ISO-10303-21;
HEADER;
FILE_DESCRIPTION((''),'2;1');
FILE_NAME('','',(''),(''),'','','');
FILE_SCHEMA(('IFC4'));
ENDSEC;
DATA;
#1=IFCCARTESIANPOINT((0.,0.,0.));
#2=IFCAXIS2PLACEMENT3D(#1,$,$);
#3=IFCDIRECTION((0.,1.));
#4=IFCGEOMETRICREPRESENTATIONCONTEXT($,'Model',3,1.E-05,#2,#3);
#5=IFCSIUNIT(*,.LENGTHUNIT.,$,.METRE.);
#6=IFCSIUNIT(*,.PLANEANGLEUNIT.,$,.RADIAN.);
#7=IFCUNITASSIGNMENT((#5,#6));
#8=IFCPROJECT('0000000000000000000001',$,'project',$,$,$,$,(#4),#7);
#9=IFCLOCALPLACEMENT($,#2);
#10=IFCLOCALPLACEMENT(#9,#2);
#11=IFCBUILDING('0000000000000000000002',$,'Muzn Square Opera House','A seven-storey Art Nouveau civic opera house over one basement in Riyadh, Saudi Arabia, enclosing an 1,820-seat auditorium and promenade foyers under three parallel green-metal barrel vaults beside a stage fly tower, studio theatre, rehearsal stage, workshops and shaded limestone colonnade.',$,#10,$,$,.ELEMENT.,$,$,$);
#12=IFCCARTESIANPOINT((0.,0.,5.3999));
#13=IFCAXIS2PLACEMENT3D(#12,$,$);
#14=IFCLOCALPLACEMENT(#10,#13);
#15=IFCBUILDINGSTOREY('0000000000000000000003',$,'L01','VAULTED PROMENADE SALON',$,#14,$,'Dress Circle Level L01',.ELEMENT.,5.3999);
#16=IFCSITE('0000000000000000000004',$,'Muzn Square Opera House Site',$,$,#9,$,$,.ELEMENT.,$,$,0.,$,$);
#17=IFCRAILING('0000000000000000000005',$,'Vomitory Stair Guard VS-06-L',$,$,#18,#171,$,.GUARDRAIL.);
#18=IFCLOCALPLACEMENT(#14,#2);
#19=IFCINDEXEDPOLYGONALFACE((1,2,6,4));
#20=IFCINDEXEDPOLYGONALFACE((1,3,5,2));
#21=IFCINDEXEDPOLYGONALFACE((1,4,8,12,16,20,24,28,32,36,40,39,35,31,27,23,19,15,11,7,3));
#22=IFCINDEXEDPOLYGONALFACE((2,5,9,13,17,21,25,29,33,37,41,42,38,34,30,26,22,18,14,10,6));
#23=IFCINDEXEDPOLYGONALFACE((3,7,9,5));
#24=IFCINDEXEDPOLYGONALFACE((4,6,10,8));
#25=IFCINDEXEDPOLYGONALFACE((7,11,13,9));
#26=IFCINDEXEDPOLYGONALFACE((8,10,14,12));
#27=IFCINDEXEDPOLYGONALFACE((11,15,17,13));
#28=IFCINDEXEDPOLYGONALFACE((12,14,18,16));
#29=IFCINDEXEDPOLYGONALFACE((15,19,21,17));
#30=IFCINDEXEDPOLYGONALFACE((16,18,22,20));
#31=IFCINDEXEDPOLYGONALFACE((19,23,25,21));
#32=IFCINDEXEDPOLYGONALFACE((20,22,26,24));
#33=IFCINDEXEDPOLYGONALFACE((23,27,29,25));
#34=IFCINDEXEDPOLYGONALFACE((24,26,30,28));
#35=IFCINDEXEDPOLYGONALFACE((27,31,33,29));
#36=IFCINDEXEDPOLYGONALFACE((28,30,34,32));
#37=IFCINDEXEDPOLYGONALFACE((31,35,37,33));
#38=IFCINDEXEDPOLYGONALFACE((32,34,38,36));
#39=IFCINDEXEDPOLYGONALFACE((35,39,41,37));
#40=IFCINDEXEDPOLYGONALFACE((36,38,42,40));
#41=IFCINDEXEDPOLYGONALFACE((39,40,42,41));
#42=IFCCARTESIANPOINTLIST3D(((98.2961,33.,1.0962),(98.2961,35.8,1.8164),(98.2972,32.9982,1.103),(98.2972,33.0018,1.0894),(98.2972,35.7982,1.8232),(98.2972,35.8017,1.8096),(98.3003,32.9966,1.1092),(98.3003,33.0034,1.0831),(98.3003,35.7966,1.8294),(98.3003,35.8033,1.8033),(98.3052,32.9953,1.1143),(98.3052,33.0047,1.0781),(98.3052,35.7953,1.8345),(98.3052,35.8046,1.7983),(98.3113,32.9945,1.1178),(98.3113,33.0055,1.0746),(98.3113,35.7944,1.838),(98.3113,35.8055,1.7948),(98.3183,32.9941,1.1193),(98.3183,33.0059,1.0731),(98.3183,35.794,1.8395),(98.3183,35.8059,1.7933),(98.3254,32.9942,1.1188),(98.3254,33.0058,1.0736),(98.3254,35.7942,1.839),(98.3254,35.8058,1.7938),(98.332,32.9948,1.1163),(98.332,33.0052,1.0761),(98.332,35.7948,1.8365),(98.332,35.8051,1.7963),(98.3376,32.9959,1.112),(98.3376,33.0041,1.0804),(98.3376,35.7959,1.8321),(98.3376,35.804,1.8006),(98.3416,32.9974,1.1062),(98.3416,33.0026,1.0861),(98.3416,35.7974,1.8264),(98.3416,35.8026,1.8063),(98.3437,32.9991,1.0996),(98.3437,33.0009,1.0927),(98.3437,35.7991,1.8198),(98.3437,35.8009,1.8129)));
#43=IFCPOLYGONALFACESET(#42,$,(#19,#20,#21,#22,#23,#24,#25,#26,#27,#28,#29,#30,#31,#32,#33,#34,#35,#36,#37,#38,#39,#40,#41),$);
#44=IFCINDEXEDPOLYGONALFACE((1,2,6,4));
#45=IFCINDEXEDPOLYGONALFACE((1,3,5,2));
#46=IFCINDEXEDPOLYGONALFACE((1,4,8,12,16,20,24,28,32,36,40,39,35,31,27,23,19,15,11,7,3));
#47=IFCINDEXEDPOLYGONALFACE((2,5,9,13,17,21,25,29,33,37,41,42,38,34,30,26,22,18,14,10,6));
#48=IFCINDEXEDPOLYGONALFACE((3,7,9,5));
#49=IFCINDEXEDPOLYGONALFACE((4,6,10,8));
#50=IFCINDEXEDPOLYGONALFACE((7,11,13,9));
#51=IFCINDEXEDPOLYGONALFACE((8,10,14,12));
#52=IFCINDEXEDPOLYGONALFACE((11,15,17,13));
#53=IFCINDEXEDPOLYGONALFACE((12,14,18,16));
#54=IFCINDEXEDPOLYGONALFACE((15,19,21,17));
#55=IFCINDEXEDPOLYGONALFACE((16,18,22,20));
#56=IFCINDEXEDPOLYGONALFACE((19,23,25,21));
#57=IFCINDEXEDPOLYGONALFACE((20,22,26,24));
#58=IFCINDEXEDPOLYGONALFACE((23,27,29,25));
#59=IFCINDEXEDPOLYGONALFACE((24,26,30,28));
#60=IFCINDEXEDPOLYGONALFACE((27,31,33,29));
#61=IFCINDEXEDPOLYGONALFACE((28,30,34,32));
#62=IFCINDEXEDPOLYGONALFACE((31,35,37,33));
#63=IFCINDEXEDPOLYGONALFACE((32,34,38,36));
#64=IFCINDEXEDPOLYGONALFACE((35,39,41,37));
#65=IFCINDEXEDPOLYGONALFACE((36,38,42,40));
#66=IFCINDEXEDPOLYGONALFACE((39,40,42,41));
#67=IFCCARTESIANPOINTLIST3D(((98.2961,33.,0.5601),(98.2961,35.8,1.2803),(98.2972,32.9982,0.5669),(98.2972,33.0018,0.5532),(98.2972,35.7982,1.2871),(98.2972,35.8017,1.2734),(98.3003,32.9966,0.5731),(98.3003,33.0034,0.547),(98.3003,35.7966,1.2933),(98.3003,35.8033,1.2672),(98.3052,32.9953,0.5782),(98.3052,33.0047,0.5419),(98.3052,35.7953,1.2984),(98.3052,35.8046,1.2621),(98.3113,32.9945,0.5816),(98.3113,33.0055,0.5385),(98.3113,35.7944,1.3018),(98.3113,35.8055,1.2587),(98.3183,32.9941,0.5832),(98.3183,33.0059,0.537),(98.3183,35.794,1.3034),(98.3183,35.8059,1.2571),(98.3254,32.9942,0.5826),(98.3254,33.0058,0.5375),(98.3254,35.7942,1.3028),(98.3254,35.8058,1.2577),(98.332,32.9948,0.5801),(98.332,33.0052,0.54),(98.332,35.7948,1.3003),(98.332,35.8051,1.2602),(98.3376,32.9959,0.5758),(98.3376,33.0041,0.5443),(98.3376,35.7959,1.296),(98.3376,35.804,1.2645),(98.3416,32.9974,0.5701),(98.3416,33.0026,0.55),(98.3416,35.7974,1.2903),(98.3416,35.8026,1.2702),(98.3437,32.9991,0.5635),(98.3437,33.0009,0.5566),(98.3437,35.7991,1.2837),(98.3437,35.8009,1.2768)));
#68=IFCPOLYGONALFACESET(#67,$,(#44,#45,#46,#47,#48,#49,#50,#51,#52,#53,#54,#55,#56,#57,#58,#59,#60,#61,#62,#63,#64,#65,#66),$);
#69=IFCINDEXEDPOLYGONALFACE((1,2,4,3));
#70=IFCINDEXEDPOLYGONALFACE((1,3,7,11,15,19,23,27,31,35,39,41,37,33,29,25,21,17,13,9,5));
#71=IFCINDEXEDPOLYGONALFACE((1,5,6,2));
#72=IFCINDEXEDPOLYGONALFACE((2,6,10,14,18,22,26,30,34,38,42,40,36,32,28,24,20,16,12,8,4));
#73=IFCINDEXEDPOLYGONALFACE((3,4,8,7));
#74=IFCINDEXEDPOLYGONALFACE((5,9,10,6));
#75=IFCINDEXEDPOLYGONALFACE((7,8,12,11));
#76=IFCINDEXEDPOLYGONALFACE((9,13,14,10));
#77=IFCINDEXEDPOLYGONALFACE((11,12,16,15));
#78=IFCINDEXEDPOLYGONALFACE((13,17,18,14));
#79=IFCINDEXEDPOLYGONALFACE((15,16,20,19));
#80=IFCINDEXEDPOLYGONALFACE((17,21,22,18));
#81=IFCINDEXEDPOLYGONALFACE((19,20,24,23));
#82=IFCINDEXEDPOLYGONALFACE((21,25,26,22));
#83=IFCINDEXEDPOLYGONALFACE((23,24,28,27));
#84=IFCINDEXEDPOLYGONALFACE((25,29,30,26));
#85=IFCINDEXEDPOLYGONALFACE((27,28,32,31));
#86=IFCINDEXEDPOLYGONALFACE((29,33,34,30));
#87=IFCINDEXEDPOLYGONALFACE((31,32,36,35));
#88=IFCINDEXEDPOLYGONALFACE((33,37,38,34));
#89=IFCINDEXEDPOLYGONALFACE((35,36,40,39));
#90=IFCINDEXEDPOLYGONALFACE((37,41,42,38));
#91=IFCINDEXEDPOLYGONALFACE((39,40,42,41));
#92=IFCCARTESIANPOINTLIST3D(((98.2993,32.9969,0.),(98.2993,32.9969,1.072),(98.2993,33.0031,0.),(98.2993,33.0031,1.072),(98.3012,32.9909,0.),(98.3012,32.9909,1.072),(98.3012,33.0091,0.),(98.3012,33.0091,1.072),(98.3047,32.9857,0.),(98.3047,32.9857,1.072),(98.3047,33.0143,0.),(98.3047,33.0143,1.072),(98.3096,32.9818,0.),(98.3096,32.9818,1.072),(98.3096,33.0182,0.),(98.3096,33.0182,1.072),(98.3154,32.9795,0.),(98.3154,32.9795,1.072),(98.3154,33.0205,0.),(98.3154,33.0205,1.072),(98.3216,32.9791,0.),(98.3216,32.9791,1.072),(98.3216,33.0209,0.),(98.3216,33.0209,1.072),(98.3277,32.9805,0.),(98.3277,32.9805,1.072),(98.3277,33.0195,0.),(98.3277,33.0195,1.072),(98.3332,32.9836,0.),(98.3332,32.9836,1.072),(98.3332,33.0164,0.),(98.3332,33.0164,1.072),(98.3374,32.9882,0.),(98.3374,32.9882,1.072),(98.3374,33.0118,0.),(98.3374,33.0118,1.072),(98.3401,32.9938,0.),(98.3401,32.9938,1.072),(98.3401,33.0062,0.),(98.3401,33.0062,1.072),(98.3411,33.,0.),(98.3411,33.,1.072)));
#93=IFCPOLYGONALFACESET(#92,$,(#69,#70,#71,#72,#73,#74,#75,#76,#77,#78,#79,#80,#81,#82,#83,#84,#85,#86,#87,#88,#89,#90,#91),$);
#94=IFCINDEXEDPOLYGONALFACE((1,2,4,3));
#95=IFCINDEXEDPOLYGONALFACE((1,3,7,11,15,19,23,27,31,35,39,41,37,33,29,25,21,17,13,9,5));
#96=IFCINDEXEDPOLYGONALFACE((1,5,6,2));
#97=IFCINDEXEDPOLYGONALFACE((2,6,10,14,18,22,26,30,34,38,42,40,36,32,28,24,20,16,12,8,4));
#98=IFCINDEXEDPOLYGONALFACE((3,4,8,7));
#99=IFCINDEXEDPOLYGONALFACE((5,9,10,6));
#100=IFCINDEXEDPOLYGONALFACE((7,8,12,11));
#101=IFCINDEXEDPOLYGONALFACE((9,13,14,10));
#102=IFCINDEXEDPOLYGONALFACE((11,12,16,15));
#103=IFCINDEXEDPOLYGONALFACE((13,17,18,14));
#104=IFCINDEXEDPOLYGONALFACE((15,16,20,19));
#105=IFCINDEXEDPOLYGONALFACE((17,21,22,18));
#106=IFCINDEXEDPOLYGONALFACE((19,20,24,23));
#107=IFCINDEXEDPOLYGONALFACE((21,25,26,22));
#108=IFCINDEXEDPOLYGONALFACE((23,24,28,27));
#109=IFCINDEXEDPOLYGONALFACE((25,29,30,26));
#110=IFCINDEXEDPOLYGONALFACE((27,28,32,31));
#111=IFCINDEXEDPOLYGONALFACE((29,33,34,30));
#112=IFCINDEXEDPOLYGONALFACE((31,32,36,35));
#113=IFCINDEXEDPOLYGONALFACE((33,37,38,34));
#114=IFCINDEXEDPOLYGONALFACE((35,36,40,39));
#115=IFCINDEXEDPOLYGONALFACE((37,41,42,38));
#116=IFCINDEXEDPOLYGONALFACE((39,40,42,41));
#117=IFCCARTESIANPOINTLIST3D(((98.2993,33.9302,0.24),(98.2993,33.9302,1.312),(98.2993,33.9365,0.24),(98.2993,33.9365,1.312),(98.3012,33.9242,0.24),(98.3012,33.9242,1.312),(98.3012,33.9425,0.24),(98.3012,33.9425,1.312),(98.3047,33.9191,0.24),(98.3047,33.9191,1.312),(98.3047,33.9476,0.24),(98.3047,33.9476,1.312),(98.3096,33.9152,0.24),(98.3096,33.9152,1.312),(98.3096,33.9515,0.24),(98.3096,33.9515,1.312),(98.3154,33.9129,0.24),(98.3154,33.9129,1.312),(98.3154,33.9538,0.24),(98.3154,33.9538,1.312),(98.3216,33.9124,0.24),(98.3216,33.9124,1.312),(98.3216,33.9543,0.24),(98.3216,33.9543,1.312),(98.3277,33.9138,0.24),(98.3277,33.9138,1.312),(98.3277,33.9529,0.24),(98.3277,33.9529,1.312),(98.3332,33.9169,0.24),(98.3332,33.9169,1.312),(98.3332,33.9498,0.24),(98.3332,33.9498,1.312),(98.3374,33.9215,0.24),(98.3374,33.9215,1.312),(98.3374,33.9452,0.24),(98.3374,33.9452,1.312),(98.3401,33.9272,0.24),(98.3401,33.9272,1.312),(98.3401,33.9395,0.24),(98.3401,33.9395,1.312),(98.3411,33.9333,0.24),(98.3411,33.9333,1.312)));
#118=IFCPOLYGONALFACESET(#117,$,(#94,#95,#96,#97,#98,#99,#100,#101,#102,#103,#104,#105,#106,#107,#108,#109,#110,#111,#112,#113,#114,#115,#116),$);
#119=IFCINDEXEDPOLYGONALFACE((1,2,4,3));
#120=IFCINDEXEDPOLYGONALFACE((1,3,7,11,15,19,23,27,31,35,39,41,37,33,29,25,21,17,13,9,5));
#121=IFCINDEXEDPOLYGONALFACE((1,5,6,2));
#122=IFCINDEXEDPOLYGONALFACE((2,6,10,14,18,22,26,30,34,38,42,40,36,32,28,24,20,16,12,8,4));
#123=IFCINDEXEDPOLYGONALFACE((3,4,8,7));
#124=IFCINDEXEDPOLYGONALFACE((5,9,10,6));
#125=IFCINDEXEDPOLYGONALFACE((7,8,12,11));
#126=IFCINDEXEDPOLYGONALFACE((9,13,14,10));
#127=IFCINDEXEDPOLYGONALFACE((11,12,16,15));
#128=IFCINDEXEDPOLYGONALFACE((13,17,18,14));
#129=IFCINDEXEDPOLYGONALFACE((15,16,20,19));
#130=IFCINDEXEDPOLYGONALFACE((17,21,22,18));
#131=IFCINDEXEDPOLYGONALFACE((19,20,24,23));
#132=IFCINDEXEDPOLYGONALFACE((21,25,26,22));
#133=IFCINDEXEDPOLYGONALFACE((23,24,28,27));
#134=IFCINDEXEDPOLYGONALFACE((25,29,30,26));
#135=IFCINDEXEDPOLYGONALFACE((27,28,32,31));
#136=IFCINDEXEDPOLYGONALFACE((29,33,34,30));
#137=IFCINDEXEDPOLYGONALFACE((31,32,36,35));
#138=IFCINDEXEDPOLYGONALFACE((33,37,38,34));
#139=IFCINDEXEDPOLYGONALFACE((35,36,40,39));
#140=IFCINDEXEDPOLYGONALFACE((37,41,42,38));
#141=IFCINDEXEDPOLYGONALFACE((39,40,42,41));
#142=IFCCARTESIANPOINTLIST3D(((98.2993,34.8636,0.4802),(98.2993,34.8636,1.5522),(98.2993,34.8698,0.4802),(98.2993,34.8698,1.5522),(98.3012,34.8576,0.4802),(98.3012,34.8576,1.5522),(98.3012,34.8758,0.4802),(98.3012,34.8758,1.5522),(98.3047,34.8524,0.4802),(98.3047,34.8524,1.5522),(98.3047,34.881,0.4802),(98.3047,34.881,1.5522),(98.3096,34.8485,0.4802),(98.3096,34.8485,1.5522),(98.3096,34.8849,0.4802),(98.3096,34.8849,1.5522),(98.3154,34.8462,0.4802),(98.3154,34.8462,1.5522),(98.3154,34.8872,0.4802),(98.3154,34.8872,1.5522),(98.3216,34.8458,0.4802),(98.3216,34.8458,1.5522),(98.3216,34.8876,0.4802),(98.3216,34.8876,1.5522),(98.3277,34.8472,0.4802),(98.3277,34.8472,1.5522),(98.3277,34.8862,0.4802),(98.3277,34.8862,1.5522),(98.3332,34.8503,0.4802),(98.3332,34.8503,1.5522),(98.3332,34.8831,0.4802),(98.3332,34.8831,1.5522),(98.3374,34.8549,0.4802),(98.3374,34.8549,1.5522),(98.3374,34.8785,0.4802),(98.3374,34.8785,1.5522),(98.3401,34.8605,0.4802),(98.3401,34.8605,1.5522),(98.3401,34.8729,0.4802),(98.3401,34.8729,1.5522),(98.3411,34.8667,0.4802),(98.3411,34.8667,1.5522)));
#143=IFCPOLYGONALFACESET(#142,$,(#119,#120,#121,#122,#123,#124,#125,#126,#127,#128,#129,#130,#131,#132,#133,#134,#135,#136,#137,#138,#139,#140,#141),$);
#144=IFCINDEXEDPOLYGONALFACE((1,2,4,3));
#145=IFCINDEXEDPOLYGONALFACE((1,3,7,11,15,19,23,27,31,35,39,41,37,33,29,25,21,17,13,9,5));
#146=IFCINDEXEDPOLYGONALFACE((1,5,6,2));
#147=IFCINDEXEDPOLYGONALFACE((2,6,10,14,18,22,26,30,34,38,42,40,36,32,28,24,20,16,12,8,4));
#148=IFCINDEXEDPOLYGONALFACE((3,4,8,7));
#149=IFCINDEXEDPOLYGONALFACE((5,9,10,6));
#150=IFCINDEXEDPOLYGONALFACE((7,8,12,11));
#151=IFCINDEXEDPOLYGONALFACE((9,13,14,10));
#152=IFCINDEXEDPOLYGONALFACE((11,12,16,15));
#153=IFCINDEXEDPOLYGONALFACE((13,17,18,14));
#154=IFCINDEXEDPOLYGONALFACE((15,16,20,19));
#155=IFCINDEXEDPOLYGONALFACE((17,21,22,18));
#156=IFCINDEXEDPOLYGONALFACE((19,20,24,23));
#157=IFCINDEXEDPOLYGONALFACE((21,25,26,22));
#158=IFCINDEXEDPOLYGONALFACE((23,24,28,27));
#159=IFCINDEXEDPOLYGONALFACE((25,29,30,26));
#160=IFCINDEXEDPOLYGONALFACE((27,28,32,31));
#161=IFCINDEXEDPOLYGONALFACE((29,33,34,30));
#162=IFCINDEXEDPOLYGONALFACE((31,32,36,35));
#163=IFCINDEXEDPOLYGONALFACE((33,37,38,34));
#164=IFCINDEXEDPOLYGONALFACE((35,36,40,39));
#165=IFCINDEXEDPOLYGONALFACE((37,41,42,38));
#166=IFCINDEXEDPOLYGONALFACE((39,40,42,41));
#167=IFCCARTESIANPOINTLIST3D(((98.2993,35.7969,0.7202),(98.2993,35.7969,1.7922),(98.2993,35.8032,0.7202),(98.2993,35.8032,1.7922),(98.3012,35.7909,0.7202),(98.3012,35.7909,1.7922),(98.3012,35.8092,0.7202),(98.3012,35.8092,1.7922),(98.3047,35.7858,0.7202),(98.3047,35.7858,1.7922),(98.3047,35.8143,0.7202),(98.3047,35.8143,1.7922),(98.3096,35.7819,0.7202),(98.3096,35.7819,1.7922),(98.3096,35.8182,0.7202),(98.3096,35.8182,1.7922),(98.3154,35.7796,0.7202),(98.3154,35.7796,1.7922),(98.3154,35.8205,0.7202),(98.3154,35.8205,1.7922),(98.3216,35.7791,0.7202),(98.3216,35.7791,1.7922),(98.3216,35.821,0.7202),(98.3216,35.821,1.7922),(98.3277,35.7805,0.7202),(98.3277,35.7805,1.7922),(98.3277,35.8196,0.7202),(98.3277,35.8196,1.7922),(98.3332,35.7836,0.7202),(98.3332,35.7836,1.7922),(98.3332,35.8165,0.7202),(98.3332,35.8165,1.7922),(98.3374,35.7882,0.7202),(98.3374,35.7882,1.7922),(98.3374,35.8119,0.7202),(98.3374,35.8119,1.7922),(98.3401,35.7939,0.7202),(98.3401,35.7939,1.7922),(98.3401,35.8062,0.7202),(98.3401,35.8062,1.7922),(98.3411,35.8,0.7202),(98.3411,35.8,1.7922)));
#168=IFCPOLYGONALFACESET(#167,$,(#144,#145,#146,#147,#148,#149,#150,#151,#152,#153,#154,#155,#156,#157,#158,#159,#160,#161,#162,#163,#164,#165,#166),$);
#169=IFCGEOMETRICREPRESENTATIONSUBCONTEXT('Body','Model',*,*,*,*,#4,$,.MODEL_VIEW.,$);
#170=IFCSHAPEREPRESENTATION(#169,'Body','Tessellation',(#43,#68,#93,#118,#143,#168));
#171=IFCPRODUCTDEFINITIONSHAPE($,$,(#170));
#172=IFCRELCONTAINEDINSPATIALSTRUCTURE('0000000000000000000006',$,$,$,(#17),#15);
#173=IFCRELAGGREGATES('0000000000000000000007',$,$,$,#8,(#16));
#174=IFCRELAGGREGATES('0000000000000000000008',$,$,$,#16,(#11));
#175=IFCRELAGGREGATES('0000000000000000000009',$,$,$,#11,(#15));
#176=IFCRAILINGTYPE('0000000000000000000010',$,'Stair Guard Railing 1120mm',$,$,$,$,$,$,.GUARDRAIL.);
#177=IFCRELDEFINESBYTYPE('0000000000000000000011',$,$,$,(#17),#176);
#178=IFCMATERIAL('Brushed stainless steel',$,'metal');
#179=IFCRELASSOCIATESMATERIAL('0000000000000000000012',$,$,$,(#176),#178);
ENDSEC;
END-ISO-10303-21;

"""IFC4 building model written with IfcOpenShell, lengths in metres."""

from ifc_helpers import new_model, si_unit, direction, frame, origin, origin_2d, place, context, subcontext, project, spatial, circle, extrude, material, type_object, element, save


model = new_model("IFC4")

# Units and contexts
model_context = context("Model", 3, precision=1e-05, world=origin(), true_north=direction((0.0, 1.0)))
body_context = subcontext(model_context, "Body", "Model", "MODEL_VIEW")
ifc_project = project(units=[si_unit("LENGTHUNIT", "METRE"), si_unit("PLANEANGLEUNIT", "RADIAN")], contexts=[model_context])

# Site, building, storey
site_placement = place(None, origin())
site = spatial("IfcSite", under=ifc_project, at=site_placement, Name="Muzn Square Opera House Site", CompositionType="ELEMENT", RefElevation=0.0)
building_placement = place(site_placement, origin())
building = spatial("IfcBuilding", under=site, at=building_placement, Name="Muzn Square Opera House", Description="A seven-storey Art Nouveau civic opera house over one basement in Riyadh, Saudi Arabia, enclosing an 1,820-seat auditorium and promenade foyers under three parallel green-metal barrel vaults beside a stage fly tower, studio theatre, rehearsal stage, workshops and shaded limestone colonnade.", CompositionType="ELEMENT")
storey_placement = place(building_placement, frame((0.0, 0.0, 5.3999)))
storey = spatial("IfcBuildingStorey", under=building, at=storey_placement, Name="L01", Description="VAULTED PROMENADE SALON", LongName="Dress Circle Level L01", CompositionType="ELEMENT", Elevation=5.3999)

# Railing
ifc_material_1 = material(Name="Brushed stainless steel", Category="metal")
railing_type_1 = type_object("IfcRailingType", Name="Stair Guard Railing 1120mm", PredefinedType="GUARDRAIL", material=ifc_material_1)
for number, where, name in (
    (1, (98.3201, 33.0, 0.0), "Vomitory Stair Guard VS-06-L"),
):
    element("IfcRailing", number, at=place(storey_placement, frame(where)), inside=storey, type_object=railing_type_1, Name=name, PredefinedType="GUARDRAIL", context=body_context, shape_type="SweptSolid", body=[
        extrude(circle(Radius=0.0239, at=origin_2d()), frame((0.0, 0.0, 1.0962), z_axis=(0.0, 0.968476, 0.249107), x_axis=(-1.0, 0.0, 0.0)), (0.0, 0.0, 1.0), 2.8911),
        extrude(circle(Radius=0.0239, at=origin_2d()), frame((0.0, 0.0, 0.5601), z_axis=(0.0, 0.968476, 0.249107), x_axis=(-1.0, 0.0, 0.0)), (0.0, 0.0, 1.0), 2.8911),
        extrude(circle(Radius=0.021, at=origin_2d()), origin(), (0.0, 0.0, 1.0), 1.072),
        extrude(circle(Radius=0.021, at=origin_2d()), frame((0.0, 0.9333, 0.24)), (0.0, 0.0, 1.0), 1.072),
        extrude(circle(Radius=0.021, at=origin_2d()), frame((0.0, 1.8667, 0.4802)), (0.0, 0.0, 1.0), 1.072),
        extrude(circle(Radius=0.021, at=origin_2d()), frame((0.0, 2.8, 0.7202)), (0.0, 0.0, 1.0), 1.072),
    ])

save(model, "model.ifc")
